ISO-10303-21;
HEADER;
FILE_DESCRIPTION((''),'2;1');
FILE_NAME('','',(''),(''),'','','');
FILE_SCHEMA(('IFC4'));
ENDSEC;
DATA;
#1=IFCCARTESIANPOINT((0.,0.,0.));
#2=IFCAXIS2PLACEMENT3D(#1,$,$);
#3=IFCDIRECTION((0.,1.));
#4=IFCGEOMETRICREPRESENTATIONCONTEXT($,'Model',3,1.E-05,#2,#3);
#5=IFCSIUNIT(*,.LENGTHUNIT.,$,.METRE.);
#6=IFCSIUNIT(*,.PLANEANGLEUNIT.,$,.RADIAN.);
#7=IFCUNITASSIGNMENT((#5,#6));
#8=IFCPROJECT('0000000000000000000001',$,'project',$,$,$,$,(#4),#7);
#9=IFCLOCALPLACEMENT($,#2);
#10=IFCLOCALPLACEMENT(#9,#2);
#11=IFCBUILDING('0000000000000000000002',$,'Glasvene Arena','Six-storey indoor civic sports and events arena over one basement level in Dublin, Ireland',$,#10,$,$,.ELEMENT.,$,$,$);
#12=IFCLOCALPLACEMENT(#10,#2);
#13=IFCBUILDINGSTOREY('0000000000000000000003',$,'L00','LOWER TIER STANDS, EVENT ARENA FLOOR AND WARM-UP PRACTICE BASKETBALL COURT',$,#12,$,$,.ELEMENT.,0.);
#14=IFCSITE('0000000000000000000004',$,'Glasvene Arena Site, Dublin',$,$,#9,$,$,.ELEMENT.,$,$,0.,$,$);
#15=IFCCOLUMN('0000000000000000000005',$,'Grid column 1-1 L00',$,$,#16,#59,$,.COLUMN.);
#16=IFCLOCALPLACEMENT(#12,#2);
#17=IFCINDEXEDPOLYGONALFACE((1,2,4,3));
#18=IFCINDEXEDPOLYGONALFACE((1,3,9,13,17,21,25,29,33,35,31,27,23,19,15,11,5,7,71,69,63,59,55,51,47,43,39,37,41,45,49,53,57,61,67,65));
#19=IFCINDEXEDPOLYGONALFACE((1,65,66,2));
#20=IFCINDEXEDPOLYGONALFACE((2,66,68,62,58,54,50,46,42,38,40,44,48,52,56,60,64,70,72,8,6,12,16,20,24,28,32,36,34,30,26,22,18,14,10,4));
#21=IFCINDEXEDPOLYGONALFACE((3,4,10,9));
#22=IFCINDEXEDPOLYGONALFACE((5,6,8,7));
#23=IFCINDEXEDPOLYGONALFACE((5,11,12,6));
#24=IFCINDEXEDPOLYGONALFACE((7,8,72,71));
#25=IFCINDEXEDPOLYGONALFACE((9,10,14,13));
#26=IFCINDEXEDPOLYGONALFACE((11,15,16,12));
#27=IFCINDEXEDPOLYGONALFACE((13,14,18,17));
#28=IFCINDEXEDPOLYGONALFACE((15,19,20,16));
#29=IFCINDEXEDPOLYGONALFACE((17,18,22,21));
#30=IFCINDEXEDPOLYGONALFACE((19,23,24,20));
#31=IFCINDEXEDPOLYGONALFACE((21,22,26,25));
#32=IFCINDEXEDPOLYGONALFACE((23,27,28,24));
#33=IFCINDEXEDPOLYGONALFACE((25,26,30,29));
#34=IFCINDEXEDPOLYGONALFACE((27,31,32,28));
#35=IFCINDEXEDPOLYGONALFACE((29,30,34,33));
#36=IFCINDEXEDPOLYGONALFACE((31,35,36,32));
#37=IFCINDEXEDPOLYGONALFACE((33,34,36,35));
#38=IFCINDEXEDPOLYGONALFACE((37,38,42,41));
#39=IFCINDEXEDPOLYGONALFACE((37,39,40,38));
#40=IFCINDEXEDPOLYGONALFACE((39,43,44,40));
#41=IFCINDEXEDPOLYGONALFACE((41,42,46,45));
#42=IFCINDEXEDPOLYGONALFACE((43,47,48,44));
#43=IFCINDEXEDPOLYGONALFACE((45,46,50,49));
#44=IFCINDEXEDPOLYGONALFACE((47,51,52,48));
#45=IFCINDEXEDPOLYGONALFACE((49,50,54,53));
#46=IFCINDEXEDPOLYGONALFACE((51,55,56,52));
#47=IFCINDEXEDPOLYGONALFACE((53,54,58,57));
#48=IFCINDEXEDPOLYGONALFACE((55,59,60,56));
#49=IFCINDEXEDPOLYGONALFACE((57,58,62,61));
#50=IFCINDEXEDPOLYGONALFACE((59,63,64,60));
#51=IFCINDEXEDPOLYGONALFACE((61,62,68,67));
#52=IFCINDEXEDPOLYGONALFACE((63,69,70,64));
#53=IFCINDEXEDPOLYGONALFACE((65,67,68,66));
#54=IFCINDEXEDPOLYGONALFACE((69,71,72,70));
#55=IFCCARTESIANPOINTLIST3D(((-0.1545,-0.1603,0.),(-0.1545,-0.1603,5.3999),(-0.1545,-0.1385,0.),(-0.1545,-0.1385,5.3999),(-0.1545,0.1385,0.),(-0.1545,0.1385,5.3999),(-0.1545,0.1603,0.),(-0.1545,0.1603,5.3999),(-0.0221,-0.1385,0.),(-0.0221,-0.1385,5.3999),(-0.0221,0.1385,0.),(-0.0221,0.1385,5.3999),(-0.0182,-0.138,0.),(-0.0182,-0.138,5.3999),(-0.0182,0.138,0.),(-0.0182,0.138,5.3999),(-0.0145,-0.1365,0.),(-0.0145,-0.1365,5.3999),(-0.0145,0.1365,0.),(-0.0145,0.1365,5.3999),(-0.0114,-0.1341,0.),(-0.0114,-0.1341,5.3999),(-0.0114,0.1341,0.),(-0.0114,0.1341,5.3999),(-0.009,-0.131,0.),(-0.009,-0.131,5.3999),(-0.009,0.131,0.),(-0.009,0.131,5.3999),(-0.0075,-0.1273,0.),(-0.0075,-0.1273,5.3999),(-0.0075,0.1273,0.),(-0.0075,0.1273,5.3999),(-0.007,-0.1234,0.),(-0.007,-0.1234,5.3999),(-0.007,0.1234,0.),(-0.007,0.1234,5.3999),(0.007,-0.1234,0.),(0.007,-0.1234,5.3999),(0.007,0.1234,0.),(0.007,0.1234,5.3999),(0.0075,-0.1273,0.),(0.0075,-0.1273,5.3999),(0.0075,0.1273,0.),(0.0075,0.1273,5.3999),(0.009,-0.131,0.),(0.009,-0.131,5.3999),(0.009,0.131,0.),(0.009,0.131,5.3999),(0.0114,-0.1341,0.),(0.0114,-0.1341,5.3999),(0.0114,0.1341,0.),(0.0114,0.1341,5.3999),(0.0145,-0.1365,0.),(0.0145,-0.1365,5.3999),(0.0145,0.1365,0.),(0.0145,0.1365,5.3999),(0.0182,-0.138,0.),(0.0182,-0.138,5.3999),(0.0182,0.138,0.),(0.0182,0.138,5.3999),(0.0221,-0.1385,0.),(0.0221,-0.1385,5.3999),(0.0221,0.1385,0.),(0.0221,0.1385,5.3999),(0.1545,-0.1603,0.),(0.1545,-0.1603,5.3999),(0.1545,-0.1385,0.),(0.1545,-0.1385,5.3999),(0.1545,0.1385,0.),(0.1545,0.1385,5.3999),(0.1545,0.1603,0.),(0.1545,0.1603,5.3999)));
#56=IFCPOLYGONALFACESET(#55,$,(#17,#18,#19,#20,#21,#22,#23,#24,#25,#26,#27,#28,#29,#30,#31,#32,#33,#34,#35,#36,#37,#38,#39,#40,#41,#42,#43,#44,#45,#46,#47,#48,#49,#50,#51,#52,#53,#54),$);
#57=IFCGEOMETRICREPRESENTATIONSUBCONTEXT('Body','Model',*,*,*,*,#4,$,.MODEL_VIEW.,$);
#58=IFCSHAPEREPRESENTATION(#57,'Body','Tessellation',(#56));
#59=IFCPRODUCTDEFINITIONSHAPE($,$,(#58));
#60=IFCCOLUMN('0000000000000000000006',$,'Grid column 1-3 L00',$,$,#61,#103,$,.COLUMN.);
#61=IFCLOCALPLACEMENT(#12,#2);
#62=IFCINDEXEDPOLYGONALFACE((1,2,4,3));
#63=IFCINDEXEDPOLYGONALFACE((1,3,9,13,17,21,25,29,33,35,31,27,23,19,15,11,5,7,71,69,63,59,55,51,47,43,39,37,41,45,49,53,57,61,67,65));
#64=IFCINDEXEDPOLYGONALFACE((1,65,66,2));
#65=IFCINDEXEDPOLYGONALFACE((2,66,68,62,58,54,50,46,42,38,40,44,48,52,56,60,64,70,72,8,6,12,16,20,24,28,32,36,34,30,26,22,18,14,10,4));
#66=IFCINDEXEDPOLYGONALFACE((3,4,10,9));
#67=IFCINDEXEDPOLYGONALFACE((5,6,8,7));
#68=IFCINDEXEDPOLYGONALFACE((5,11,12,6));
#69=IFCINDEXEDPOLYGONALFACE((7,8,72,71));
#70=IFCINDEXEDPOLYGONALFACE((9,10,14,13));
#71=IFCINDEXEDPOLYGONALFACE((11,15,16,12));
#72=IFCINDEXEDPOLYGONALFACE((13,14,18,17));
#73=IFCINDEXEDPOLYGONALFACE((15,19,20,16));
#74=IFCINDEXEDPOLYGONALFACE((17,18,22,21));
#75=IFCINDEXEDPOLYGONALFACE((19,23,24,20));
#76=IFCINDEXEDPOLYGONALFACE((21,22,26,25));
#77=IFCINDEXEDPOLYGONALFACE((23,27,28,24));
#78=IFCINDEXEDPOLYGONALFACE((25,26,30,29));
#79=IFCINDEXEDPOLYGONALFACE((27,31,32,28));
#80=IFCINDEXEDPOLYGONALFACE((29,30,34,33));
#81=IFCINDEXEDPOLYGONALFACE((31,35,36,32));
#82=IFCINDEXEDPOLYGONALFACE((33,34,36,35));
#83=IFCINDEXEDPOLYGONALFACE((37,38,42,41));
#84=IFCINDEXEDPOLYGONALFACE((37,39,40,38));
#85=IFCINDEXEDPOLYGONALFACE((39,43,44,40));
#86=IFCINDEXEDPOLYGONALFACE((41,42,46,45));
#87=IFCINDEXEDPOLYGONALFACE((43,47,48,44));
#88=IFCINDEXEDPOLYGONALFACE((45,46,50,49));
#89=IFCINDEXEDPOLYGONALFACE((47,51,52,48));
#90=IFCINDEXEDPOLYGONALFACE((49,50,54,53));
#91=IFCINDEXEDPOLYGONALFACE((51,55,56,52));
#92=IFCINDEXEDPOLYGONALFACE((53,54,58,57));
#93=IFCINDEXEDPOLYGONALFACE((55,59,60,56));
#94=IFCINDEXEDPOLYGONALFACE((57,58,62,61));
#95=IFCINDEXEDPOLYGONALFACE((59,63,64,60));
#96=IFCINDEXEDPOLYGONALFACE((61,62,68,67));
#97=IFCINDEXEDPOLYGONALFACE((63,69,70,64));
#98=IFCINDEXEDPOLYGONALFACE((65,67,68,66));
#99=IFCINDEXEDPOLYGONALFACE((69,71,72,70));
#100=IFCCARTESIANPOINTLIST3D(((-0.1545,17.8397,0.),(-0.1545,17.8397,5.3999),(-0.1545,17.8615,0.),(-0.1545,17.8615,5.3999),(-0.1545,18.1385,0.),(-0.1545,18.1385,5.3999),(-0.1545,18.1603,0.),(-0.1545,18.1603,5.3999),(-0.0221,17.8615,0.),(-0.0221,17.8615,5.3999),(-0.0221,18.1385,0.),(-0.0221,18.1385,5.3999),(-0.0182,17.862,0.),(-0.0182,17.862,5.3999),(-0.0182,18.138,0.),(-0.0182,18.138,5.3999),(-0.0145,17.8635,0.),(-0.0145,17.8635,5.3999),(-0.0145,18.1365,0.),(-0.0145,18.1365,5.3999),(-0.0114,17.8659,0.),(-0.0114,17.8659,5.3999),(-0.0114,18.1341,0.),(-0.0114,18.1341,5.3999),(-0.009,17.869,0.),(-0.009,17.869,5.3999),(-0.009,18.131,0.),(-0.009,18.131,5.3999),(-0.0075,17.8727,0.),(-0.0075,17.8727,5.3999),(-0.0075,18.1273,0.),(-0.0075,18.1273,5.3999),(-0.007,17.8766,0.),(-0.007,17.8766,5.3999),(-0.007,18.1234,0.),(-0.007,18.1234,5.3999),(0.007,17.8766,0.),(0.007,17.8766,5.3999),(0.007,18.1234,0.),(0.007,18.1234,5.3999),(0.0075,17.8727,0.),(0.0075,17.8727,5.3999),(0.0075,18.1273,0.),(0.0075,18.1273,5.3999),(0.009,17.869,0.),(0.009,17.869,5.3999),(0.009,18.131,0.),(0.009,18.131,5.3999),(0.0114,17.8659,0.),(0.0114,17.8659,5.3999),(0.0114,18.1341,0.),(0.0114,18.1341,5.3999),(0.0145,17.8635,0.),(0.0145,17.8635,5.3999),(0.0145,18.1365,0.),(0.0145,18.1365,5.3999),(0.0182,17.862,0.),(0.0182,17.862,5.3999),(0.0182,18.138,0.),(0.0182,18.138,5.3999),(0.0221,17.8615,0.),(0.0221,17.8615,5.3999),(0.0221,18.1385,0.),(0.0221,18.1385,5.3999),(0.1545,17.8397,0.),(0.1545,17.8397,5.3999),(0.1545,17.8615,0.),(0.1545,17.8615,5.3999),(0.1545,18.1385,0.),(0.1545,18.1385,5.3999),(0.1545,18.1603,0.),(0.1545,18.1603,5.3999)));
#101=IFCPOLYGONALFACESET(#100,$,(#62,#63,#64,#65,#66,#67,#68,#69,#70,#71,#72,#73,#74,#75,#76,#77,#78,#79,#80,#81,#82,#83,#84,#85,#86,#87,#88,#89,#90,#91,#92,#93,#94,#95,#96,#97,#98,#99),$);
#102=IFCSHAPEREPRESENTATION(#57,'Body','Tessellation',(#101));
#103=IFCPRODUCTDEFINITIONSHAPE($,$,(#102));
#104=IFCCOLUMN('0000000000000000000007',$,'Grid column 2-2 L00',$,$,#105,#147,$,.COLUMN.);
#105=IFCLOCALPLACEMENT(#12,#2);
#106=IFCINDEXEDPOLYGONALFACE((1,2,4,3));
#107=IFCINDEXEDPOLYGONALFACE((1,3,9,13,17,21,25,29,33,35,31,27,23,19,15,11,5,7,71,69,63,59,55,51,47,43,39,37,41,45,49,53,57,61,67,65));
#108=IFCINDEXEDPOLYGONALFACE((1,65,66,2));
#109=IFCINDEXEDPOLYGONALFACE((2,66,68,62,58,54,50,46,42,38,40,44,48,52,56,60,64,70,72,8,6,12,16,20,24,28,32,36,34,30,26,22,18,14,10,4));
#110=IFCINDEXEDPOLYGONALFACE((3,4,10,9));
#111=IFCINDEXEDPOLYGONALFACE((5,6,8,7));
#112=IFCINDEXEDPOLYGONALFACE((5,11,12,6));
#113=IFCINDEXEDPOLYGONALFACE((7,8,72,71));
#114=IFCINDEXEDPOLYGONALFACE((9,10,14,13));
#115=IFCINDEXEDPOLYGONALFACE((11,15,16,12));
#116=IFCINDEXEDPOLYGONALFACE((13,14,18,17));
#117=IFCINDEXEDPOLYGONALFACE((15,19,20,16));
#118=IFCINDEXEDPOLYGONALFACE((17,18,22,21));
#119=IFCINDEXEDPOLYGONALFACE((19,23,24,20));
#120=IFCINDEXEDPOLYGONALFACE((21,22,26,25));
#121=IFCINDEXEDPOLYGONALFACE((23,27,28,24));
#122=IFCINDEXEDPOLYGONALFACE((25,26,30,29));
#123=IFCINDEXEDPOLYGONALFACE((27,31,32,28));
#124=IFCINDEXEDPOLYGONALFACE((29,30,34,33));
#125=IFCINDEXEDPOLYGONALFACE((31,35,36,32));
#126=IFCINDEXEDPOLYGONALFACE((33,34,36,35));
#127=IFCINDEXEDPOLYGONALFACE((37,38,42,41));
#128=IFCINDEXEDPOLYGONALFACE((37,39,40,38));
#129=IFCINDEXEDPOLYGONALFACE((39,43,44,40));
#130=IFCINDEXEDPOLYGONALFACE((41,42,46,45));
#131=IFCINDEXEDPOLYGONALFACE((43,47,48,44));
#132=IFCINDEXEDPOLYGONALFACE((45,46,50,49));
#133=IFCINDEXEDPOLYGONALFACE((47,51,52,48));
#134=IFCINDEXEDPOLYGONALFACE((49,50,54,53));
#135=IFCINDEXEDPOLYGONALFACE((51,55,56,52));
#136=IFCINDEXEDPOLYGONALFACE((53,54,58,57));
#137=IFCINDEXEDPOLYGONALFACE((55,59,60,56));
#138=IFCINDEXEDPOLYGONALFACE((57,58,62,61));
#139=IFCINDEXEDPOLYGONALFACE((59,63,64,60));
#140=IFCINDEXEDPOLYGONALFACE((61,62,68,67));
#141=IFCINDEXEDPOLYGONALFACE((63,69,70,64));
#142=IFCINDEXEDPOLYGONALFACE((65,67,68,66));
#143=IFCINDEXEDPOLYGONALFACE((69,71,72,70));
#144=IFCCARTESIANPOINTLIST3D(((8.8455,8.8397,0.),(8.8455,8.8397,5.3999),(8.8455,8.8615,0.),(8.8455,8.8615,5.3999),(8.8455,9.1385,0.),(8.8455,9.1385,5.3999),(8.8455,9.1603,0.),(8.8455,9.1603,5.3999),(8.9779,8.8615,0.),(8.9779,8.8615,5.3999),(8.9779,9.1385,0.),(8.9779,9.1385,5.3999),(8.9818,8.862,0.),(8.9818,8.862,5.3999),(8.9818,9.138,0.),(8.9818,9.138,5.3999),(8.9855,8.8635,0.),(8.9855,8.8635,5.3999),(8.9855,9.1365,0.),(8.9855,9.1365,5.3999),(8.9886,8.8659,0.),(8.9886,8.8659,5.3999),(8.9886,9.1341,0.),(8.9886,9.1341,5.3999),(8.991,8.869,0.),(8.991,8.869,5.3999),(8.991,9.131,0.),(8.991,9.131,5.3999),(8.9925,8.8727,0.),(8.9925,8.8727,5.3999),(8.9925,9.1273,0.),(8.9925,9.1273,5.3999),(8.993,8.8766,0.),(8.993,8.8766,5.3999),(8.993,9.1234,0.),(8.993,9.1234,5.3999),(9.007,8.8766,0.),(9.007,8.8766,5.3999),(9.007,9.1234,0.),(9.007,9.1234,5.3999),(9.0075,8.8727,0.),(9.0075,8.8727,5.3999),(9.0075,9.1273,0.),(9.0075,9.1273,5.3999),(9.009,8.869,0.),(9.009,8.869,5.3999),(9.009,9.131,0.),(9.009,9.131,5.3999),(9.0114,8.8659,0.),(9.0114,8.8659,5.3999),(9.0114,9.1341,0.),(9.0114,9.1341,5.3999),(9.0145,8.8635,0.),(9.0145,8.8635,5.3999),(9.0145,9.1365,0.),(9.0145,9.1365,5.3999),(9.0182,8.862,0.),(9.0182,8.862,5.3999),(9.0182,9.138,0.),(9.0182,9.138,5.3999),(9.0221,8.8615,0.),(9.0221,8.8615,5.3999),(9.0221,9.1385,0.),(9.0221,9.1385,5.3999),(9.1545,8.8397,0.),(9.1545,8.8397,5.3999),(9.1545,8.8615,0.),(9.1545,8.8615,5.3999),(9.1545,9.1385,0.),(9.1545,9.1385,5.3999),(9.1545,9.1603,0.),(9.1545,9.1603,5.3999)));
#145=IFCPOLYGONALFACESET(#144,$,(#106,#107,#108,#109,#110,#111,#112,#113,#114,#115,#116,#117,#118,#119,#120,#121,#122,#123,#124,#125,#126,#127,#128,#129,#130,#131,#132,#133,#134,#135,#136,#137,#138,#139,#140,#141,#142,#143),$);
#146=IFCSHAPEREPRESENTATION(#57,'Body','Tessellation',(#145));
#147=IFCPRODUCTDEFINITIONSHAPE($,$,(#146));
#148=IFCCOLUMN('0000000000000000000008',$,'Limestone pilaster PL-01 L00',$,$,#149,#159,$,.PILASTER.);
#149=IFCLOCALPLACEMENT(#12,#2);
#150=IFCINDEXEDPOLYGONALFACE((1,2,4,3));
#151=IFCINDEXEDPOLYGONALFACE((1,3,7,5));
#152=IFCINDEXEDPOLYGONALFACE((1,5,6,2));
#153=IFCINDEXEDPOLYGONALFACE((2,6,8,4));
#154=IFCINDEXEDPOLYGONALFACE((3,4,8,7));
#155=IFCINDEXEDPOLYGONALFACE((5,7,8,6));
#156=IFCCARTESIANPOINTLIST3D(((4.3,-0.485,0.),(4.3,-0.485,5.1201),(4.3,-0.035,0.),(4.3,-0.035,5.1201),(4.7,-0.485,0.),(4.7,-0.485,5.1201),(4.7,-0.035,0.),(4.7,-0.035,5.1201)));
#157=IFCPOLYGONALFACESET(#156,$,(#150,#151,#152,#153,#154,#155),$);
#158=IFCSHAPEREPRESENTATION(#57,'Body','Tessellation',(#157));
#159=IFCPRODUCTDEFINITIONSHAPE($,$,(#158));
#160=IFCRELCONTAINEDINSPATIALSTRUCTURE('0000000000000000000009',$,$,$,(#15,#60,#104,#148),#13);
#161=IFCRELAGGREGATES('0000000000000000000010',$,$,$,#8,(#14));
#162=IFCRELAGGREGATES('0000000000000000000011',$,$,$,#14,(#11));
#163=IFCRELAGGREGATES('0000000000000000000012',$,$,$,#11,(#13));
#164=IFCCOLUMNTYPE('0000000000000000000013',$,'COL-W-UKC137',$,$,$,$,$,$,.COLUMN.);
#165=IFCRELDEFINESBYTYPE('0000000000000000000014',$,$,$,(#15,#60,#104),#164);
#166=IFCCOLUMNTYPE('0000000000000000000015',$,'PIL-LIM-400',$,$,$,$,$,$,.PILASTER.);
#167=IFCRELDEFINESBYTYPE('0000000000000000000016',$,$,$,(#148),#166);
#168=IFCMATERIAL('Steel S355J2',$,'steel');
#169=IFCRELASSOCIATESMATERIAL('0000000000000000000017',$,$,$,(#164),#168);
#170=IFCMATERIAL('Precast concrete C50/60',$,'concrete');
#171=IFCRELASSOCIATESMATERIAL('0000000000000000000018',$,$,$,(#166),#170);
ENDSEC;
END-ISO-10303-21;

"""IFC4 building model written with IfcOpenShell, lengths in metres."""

from ifc_helpers import new_model, si_unit, direction, frame, origin, origin_2d, place, context, subcontext, project, spatial, rectangle, i_section, extrude, material, material_profile, profile_set, type_object, element, save


model = new_model("IFC4")

# Units and contexts
model_context = context("Model", 3, precision=1e-05, world=origin(), true_north=direction((0.0, 1.0)))
body_context = subcontext(model_context, "Body", "Model", "MODEL_VIEW")
ifc_project = project(units=[si_unit("LENGTHUNIT", "METRE"), si_unit("PLANEANGLEUNIT", "RADIAN")], contexts=[model_context])

# Site, building, storey
site_placement = place(None, origin())
site = spatial("IfcSite", under=ifc_project, at=site_placement, Name="Glasvene Arena Site, Dublin", CompositionType="ELEMENT", RefElevation=0.0)
building_placement = place(site_placement, origin())
building = spatial("IfcBuilding", under=site, at=building_placement, Name="Glasvene Arena", Description="Six-storey indoor civic sports and events arena over one basement level in Dublin, Ireland", CompositionType="ELEMENT")
storey_placement = place(building_placement, origin())
storey = spatial("IfcBuildingStorey", under=building, at=storey_placement, Name="L00", Description="LOWER TIER STANDS, EVENT ARENA FLOOR AND WARM-UP PRACTICE BASKETBALL COURT", CompositionType="ELEMENT", Elevation=0.0)

# Columns
ifc_material_1 = material(Name="Steel S355J2", Category="steel")
ifc_material_profile_1 = material_profile(ifc_material_1, i_section(OverallWidth=0.3091, OverallDepth=0.3206, WebThickness=0.0139, FlangeThickness=0.0217, FilletRadius=0.0151, at=origin_2d()), Name="UKC 305x305x137")
ifc_profile_set_1 = profile_set([ifc_material_profile_1], Name="Steel S355J2")
column_type_1 = type_object("IfcColumnType", Name="COL-W-UKC137", PredefinedType="COLUMN", material=ifc_profile_set_1)
for number, where, z_axis, x_axis, name in (
    (1, (0.0, 0.0, 0.0), (0.0, 0.0, 1.0), (1.0, 0.0, 0.0), "Grid column 1-1 L00"),
    (2, (0.0, 18.0, 0.0), (0.0, 0.0, 1.0), (1.0, 0.0, 0.0), "Grid column 1-3 L00"),
    (3, (9.0, 9.0, 0.0), (0.0, 0.0, 1.0), (1.0, 0.0, 0.0), "Grid column 2-2 L00"),
):
    element("IfcColumn", number, at=place(storey_placement, frame(where, z_axis=z_axis, x_axis=x_axis)), inside=storey, type_object=column_type_1, Name=name, PredefinedType="COLUMN", context=body_context, shape_type="SweptSolid", body=[
        extrude(i_section(OverallWidth=0.3091, OverallDepth=0.3206, WebThickness=0.0139, FlangeThickness=0.0217, FilletRadius=0.0151, at=origin_2d()), origin(), (0.0, 0.0, 1.0), 5.3999),
    ])
ifc_material_2 = material(Name="Precast concrete C50/60", Category="concrete")
ifc_material_profile_2 = material_profile(ifc_material_2, rectangle(XDim=0.3999, YDim=0.45, at=origin_2d()), Name="RC 400x450")
ifc_profile_set_2 = profile_set([ifc_material_profile_2], Name="Precast concrete C50/60")
column_type_2 = type_object("IfcColumnType", Name="PIL-LIM-400", PredefinedType="PILASTER", material=ifc_profile_set_2)
column_placement = place(storey_placement, frame((4.5, -0.26, 0.0), z_axis=(0.0, 0.0, 1.0), x_axis=(1.0, 0.0, 0.0)))
element("IfcColumn", 4, at=column_placement, inside=storey, type_object=column_type_2, Name="Limestone pilaster PL-01 L00", PredefinedType="PILASTER", context=body_context, shape_type="SweptSolid", body=[
    extrude(rectangle(XDim=0.3999, YDim=0.45, at=origin_2d()), origin(), (0.0, 0.0, 1.0), 5.1201),
])

save(model, "model.ifc")
